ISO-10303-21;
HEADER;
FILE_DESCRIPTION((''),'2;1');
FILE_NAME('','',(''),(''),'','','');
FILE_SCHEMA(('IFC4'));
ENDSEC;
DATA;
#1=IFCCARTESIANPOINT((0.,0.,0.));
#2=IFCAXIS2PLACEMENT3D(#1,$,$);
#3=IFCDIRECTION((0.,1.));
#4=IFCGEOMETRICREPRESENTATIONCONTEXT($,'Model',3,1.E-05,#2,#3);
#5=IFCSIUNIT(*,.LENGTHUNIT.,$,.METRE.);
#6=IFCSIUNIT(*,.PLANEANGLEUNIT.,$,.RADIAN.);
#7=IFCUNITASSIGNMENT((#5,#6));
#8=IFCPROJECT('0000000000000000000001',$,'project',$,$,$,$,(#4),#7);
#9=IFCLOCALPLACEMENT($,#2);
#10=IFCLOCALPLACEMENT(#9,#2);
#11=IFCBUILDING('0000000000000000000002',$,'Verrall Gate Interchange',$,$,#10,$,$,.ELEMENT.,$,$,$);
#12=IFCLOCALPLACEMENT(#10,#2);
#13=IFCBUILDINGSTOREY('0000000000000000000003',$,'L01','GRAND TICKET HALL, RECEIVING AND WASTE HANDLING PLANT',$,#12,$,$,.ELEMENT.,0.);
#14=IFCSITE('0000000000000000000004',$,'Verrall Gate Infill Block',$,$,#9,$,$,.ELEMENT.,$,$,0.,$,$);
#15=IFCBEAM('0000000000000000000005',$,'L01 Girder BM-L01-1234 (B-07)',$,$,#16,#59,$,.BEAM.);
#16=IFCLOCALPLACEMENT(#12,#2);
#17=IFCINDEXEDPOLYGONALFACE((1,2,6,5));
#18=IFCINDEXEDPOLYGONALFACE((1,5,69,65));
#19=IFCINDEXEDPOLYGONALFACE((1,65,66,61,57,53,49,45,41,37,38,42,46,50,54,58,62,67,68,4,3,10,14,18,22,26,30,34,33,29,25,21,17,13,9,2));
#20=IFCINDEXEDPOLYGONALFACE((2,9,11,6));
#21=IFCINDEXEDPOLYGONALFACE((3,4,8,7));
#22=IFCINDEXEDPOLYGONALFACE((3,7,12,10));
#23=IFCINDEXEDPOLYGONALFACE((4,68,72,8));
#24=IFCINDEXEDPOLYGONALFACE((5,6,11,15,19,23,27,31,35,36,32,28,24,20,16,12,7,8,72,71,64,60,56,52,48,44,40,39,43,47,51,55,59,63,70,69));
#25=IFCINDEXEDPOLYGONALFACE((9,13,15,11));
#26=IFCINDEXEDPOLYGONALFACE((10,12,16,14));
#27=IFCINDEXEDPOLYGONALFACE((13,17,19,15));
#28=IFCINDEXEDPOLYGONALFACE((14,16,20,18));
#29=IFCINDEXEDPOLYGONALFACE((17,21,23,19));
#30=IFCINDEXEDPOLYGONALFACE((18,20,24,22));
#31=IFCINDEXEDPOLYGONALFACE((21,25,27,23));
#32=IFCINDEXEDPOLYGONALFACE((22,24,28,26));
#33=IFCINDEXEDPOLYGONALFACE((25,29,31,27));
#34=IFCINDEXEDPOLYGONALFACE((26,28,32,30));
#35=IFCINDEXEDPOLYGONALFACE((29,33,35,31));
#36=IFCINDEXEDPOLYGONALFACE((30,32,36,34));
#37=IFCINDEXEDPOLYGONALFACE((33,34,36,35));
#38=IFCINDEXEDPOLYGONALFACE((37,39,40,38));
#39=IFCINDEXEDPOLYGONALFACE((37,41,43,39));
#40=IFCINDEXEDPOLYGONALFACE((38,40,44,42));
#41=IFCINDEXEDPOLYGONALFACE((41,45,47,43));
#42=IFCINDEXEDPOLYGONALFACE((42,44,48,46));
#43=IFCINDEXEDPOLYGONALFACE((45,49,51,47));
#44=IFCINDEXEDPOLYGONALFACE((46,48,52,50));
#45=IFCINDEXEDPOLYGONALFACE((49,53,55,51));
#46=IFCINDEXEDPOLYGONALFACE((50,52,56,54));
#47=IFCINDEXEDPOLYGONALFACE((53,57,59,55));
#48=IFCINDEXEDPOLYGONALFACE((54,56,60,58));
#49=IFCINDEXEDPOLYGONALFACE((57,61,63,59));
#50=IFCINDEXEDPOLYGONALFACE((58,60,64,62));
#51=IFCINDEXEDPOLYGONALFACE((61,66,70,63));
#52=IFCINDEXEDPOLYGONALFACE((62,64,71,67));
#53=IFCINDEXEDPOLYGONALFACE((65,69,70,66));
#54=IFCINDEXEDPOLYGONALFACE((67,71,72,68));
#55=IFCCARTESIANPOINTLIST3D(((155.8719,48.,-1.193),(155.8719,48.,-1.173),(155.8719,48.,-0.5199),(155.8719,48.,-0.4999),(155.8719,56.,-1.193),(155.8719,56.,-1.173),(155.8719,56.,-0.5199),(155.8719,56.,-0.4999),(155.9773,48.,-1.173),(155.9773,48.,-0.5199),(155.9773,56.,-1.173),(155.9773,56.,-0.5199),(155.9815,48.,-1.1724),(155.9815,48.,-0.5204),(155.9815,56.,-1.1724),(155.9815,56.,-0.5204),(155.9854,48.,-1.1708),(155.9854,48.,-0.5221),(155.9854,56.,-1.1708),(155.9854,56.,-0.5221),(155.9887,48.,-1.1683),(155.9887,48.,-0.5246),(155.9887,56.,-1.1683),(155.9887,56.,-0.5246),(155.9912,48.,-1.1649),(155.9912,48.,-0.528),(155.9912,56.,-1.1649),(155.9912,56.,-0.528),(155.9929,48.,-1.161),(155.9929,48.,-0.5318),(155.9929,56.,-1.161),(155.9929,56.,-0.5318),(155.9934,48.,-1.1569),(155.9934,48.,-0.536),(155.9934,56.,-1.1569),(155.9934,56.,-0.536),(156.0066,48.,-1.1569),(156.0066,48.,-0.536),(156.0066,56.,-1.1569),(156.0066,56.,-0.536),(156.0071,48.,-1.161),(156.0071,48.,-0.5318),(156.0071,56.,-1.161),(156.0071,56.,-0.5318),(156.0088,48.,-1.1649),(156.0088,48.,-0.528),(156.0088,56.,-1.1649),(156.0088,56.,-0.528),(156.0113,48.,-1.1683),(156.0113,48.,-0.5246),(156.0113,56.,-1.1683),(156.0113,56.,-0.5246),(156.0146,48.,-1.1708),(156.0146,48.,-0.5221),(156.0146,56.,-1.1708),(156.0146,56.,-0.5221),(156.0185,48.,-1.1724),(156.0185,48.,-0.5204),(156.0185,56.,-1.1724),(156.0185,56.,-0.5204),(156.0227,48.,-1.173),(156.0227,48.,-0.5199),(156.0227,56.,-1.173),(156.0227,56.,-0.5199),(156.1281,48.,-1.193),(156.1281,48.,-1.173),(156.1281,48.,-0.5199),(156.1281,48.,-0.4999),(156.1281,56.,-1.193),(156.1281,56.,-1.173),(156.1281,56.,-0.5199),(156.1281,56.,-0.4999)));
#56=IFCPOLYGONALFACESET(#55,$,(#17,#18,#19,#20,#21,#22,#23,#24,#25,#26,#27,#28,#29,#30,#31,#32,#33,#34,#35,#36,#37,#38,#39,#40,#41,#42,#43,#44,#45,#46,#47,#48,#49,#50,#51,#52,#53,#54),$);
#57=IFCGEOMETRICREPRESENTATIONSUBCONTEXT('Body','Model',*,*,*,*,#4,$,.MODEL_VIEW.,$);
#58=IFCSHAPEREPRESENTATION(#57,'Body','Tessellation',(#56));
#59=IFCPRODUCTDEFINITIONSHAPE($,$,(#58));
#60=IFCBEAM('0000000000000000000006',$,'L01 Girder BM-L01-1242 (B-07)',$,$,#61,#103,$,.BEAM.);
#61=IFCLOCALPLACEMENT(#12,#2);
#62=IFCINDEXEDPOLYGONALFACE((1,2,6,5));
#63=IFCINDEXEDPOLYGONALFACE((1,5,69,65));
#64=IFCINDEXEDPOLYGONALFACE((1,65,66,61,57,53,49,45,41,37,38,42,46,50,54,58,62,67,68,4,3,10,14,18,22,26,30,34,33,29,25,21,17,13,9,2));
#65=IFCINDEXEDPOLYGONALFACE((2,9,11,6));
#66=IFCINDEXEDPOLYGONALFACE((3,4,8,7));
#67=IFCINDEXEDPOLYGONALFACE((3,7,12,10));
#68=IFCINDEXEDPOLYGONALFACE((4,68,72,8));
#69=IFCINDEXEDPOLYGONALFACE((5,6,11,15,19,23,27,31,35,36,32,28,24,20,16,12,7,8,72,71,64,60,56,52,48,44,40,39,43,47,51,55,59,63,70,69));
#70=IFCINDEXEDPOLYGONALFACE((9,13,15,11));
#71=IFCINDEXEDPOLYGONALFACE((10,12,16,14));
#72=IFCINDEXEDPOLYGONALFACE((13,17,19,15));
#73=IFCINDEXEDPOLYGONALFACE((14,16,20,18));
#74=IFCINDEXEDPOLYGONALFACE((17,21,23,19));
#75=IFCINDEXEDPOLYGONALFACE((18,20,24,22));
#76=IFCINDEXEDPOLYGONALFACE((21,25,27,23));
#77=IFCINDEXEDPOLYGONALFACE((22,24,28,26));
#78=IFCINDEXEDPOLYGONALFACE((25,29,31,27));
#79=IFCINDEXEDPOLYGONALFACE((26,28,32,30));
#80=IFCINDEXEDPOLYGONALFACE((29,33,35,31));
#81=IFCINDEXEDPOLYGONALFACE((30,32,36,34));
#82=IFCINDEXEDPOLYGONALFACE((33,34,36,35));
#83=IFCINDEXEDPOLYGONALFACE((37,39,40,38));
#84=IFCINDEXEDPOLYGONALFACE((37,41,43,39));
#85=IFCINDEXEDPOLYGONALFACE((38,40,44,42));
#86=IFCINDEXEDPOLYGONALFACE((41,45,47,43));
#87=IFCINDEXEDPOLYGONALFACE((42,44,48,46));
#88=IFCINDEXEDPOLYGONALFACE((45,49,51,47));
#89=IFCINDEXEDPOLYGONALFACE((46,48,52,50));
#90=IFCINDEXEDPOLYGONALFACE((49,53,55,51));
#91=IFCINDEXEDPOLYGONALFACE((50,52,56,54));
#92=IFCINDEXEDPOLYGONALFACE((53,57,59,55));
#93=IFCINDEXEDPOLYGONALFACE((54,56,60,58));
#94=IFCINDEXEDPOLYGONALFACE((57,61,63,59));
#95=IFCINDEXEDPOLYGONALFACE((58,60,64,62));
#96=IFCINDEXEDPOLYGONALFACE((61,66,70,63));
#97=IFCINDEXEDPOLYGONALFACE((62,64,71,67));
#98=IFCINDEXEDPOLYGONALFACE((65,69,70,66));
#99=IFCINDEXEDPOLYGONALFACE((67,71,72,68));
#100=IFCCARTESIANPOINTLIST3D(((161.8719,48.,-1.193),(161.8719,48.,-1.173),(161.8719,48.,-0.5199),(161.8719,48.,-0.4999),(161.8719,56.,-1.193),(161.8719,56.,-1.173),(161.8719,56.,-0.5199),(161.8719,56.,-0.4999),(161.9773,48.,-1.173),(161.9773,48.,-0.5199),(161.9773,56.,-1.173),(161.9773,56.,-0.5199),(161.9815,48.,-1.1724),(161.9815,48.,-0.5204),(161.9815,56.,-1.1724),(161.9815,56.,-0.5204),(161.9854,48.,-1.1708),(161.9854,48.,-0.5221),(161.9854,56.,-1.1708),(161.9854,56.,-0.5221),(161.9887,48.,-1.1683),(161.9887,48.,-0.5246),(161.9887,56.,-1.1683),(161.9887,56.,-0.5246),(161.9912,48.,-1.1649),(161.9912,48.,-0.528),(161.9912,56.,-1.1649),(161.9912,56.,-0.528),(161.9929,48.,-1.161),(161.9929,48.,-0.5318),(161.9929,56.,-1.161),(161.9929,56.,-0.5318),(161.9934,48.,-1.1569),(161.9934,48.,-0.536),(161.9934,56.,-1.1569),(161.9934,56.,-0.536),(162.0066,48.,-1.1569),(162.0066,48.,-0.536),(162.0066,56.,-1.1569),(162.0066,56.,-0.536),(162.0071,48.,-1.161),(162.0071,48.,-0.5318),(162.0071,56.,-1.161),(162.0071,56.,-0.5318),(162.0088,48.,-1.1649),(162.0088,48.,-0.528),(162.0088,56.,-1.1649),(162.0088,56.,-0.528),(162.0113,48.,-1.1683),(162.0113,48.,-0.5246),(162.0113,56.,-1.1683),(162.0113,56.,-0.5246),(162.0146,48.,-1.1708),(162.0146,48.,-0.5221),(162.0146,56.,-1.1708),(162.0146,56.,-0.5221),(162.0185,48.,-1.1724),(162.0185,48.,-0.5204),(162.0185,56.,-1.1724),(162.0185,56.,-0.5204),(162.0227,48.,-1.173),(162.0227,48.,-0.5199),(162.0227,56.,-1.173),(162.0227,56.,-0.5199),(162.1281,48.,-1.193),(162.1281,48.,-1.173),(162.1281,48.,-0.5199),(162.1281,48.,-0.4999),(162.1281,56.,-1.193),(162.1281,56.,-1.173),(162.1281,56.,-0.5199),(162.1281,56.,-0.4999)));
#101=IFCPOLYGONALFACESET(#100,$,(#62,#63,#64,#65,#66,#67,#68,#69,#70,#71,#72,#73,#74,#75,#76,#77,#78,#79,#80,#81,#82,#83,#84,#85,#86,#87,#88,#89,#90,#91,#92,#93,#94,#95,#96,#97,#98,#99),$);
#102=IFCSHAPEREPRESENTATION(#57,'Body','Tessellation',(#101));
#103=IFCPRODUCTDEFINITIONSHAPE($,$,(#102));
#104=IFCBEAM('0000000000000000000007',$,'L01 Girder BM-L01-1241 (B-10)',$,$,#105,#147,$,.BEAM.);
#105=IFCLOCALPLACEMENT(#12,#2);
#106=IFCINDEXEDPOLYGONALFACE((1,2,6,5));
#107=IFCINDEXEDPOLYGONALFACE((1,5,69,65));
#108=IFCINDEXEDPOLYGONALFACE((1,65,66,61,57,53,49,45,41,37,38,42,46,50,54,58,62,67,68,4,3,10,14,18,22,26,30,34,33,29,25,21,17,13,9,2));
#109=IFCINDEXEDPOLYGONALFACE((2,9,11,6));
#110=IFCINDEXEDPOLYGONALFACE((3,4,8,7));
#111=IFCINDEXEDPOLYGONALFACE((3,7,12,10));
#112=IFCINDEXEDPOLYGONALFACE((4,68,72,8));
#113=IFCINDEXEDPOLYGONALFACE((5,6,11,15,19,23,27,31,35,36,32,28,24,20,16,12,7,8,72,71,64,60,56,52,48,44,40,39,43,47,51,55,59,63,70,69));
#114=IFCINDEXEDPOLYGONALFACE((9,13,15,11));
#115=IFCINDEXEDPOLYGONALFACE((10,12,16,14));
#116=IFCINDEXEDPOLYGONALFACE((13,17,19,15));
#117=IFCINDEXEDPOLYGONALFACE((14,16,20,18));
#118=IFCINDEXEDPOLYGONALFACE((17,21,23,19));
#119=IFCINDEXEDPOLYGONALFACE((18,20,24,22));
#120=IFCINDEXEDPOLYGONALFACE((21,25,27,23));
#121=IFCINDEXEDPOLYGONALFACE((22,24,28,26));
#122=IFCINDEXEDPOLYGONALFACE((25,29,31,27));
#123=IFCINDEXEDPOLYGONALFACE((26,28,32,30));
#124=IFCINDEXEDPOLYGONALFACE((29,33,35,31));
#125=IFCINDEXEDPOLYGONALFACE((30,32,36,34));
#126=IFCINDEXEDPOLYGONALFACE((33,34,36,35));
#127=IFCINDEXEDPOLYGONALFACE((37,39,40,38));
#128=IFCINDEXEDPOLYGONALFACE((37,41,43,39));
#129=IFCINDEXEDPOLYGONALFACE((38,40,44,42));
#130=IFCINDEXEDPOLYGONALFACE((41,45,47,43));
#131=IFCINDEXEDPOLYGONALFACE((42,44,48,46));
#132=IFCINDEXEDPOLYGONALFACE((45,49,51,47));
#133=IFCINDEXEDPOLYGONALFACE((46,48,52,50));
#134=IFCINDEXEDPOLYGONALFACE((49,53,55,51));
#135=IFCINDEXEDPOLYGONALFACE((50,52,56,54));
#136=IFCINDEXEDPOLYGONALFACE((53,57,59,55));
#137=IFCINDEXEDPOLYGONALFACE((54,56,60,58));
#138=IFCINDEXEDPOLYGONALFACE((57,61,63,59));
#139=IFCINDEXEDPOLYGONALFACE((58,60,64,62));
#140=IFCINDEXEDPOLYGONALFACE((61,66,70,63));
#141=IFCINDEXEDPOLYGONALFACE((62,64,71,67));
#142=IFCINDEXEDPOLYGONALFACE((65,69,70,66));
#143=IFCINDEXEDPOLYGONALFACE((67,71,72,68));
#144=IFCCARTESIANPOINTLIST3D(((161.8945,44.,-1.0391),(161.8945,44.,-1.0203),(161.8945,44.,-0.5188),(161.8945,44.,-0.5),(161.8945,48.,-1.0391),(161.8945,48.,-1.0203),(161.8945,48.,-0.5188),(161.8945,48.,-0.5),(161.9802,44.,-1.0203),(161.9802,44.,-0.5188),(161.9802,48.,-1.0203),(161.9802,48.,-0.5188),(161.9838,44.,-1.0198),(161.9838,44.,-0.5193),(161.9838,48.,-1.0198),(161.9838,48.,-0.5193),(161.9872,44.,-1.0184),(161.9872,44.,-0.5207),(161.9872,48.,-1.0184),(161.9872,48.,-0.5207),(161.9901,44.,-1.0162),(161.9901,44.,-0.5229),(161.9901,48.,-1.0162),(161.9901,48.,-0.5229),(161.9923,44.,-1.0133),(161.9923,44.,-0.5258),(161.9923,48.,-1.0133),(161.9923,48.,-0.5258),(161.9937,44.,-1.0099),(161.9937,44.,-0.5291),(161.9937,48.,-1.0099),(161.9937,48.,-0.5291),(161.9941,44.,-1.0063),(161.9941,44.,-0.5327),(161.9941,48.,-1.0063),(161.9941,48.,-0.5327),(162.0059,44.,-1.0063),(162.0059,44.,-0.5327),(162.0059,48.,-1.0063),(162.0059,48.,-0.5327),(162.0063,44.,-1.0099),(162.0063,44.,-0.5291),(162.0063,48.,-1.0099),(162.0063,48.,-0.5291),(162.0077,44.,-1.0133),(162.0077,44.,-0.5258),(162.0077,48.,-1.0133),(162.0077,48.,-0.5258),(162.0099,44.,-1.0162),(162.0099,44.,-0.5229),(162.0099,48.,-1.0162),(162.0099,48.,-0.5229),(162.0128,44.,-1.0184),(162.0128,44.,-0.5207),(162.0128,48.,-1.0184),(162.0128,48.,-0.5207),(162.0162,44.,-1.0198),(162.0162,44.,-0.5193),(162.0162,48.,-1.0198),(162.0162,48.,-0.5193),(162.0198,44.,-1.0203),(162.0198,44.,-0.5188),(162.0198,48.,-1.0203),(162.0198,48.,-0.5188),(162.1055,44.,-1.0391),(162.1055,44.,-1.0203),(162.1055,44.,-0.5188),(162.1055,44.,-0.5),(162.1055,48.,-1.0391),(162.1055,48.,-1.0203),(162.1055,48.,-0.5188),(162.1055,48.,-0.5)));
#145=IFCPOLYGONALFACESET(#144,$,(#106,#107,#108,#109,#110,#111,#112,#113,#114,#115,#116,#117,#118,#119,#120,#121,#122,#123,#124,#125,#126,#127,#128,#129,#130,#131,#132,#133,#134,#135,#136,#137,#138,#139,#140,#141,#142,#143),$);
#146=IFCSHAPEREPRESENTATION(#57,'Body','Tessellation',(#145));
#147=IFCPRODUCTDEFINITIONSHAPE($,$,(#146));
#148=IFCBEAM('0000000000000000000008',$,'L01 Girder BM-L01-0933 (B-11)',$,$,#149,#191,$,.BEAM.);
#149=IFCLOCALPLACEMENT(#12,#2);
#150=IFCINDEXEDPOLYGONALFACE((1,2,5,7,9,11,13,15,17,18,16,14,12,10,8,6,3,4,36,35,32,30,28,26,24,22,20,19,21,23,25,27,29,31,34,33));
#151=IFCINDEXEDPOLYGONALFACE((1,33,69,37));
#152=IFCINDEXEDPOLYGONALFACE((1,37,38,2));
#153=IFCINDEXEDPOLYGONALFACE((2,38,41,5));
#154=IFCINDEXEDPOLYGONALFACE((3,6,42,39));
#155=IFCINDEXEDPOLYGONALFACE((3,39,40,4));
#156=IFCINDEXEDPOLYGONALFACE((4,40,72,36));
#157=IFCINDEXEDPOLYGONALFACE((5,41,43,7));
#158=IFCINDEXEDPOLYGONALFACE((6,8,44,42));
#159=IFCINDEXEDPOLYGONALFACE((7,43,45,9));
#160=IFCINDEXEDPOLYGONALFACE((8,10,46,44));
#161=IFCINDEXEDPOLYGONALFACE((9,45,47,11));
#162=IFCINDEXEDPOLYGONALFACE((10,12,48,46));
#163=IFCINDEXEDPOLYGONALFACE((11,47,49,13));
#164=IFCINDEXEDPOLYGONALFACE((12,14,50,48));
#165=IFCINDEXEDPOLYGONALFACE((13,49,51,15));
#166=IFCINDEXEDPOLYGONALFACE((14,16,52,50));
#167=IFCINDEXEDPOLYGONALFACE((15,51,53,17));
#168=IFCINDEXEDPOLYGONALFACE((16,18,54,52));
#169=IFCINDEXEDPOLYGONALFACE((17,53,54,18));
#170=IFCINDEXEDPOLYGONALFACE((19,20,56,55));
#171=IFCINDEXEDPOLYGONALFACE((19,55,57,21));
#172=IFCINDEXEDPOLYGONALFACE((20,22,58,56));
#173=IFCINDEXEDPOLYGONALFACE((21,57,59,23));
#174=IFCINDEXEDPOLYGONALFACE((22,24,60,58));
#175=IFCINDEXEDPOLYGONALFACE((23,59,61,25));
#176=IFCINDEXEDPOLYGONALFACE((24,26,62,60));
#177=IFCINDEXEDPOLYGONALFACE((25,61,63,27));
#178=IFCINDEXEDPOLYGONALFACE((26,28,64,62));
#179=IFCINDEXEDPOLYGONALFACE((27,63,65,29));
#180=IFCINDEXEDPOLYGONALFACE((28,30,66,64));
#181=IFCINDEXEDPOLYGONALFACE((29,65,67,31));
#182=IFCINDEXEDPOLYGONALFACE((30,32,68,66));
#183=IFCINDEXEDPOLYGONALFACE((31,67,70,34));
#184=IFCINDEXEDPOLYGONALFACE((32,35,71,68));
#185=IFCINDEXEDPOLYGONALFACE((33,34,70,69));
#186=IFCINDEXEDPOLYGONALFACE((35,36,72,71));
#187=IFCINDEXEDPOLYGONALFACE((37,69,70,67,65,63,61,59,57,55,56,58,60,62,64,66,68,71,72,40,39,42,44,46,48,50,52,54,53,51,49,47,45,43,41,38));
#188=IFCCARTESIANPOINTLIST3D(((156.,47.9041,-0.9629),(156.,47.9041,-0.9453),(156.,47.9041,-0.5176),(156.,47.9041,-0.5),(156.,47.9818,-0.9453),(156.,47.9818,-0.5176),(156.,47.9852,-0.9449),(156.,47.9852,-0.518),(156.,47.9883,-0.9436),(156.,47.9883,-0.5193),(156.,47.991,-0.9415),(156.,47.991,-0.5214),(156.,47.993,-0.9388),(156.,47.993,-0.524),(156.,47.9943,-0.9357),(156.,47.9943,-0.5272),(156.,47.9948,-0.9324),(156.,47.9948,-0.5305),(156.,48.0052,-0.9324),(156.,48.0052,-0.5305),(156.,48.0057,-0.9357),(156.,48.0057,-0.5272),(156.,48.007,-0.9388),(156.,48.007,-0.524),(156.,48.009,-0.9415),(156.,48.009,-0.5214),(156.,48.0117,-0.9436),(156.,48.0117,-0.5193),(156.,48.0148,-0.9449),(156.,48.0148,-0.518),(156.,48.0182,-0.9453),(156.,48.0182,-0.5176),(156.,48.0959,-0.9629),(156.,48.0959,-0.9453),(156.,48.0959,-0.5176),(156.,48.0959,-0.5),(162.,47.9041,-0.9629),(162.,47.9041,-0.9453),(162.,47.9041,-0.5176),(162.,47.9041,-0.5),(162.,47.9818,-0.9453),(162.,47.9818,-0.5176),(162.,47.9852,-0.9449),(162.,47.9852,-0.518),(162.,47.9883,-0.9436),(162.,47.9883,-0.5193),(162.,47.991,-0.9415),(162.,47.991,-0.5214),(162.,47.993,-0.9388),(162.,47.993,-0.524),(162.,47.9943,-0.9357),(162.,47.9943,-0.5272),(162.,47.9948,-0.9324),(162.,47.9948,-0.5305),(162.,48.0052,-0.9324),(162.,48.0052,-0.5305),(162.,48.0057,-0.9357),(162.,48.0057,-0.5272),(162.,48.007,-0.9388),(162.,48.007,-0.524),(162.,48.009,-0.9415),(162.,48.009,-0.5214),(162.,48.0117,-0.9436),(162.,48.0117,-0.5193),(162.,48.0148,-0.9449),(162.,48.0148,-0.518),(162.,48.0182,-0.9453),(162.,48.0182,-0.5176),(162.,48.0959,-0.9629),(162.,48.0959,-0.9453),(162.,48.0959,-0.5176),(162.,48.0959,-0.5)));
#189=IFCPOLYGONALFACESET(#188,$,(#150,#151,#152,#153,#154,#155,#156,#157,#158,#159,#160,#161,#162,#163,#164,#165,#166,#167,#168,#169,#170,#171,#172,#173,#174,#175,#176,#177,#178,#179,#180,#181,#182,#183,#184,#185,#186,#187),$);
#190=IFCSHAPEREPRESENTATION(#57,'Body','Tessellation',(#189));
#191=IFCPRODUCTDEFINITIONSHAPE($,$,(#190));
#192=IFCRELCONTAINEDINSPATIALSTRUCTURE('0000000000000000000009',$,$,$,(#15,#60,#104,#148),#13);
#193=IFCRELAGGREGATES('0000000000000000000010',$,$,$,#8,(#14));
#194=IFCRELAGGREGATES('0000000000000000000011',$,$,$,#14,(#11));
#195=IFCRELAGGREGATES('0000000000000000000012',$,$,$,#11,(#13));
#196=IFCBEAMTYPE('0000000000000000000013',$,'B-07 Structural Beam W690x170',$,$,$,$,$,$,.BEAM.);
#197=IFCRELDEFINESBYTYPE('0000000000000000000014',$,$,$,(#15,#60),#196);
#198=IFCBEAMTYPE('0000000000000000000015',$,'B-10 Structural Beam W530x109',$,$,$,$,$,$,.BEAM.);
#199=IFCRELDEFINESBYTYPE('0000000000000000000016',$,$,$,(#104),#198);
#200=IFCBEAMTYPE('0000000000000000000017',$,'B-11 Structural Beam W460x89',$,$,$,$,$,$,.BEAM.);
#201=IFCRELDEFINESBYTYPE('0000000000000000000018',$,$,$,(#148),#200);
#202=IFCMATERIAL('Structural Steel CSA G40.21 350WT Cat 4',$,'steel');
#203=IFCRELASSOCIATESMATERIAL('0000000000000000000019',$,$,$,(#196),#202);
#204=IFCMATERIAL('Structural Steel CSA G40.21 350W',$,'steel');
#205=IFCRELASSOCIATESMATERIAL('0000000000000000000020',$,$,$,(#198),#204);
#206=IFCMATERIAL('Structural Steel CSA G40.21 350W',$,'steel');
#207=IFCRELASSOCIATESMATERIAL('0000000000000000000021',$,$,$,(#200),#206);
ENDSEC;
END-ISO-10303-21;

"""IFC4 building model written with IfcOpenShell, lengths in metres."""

from ifc_helpers import new_model, si_unit, direction, frame, origin, origin_2d, place, context, subcontext, project, spatial, i_section, extrude, material, material_profile, profile_set, type_object, element, save


model = new_model("IFC4")

# Units and contexts
model_context = context("Model", 3, precision=1e-05, world=origin(), true_north=direction((0.0, 1.0)))
body_context = subcontext(model_context, "Body", "Model", "MODEL_VIEW")
ifc_project = project(units=[si_unit("LENGTHUNIT", "METRE"), si_unit("PLANEANGLEUNIT", "RADIAN")], contexts=[model_context])

# Site, building, storey
site_placement = place(None, origin())
site = spatial("IfcSite", under=ifc_project, at=site_placement, Name="Verrall Gate Infill Block", CompositionType="ELEMENT", RefElevation=0.0)
building_placement = place(site_placement, origin())
building = spatial("IfcBuilding", under=site, at=building_placement, Name="Verrall Gate Interchange", CompositionType="ELEMENT")
storey_placement = place(building_placement, origin())
storey = spatial("IfcBuildingStorey", under=building, at=storey_placement, Name="L01", Description="GRAND TICKET HALL, RECEIVING AND WASTE HANDLING PLANT", CompositionType="ELEMENT", Elevation=0.0)

# Beams
ifc_material_1 = material(Name="Structural Steel CSA G40.21 350WT Cat 4", Category="steel")
ifc_material_profile_1 = material_profile(ifc_material_1, i_section(OverallWidth=0.2561, OverallDepth=0.6931, WebThickness=0.0132, FlangeThickness=0.02, FilletRadius=0.0161, at=origin_2d()), Name="W690x170")
ifc_profile_set_1 = profile_set([ifc_material_profile_1], Name="Structural Steel CSA G40.21 350WT Cat 4")
beam_type_1 = type_object("IfcBeamType", Name="B-07 Structural Beam W690x170", PredefinedType="BEAM", material=ifc_profile_set_1)
for number, where, z_axis, x_axis, name in (
    (1, (156.0, 48.0, -0.8464), (0.0, 1.0, 0.0), (-1.0, 0.0, 0.0), "L01 Girder BM-L01-1234 (B-07)"),
    (2, (162.0, 48.0, -0.8464), (0.0, 1.0, 0.0), (-1.0, 0.0, 0.0), "L01 Girder BM-L01-1242 (B-07)"),
):
    element("IfcBeam", number, at=place(storey_placement, frame(where, z_axis=z_axis, x_axis=x_axis)), inside=storey, type_object=beam_type_1, Name=name, PredefinedType="BEAM", context=body_context, shape_type="SweptSolid", body=[
        extrude(i_section(OverallWidth=0.2561, OverallDepth=0.6931, WebThickness=0.0132, FlangeThickness=0.02, FilletRadius=0.0161, at=origin_2d()), origin(), (0.0, 0.0, 1.0), 8.0),
    ])
ifc_material_2 = material(Name="Structural Steel CSA G40.21 350W", Category="steel")
ifc_material_profile_2 = material_profile(ifc_material_2, i_section(OverallWidth=0.2109, OverallDepth=0.5391, WebThickness=0.0117, FlangeThickness=0.0188, FilletRadius=0.0139, at=origin_2d()), Name="W530x109")
ifc_profile_set_2 = profile_set([ifc_material_profile_2], Name="Structural Steel CSA G40.21 350W")
beam_type_2 = type_object("IfcBeamType", Name="B-10 Structural Beam W530x109", PredefinedType="BEAM", material=ifc_profile_set_2)
beam_1_placement = place(storey_placement, frame((162.0, 44.0, -0.7695), z_axis=(0.0, 1.0, 0.0), x_axis=(-1.0, 0.0, 0.0)))
element("IfcBeam", 3, at=beam_1_placement, inside=storey, type_object=beam_type_2, Name="L01 Girder BM-L01-1241 (B-10)", PredefinedType="BEAM", context=body_context, shape_type="SweptSolid", body=[
    extrude(i_section(OverallWidth=0.2109, OverallDepth=0.5391, WebThickness=0.0117, FlangeThickness=0.0188, FilletRadius=0.0139, at=origin_2d()), origin(), (0.0, 0.0, 1.0), 4.0),
])
ifc_material_3 = material(Name="Structural Steel CSA G40.21 350W", Category="steel")
ifc_material_profile_3 = material_profile(ifc_material_3, i_section(OverallWidth=0.1919, OverallDepth=0.4629, WebThickness=0.0105, FlangeThickness=0.0176, FilletRadius=0.0129, at=origin_2d()), Name="W460x89")
ifc_profile_set_3 = profile_set([ifc_material_profile_3], Name="Structural Steel CSA G40.21 350W")
beam_type_3 = type_object("IfcBeamType", Name="B-11 Structural Beam W460x89", PredefinedType="BEAM", material=ifc_profile_set_3)
beam_2_placement = place(storey_placement, frame((156.0, 48.0, -0.7314), z_axis=(1.0, 0.0, 0.0), x_axis=(0.0, 1.0, 0.0)))
element("IfcBeam", 4, at=beam_2_placement, inside=storey, type_object=beam_type_3, Name="L01 Girder BM-L01-0933 (B-11)", PredefinedType="BEAM", context=body_context, shape_type="SweptSolid", body=[
    extrude(i_section(OverallWidth=0.1919, OverallDepth=0.4629, WebThickness=0.0105, FlangeThickness=0.0176, FilletRadius=0.0129, at=origin_2d()), origin(), (0.0, 0.0, 1.0), 6.0),
])

save(model, "model.ifc")
